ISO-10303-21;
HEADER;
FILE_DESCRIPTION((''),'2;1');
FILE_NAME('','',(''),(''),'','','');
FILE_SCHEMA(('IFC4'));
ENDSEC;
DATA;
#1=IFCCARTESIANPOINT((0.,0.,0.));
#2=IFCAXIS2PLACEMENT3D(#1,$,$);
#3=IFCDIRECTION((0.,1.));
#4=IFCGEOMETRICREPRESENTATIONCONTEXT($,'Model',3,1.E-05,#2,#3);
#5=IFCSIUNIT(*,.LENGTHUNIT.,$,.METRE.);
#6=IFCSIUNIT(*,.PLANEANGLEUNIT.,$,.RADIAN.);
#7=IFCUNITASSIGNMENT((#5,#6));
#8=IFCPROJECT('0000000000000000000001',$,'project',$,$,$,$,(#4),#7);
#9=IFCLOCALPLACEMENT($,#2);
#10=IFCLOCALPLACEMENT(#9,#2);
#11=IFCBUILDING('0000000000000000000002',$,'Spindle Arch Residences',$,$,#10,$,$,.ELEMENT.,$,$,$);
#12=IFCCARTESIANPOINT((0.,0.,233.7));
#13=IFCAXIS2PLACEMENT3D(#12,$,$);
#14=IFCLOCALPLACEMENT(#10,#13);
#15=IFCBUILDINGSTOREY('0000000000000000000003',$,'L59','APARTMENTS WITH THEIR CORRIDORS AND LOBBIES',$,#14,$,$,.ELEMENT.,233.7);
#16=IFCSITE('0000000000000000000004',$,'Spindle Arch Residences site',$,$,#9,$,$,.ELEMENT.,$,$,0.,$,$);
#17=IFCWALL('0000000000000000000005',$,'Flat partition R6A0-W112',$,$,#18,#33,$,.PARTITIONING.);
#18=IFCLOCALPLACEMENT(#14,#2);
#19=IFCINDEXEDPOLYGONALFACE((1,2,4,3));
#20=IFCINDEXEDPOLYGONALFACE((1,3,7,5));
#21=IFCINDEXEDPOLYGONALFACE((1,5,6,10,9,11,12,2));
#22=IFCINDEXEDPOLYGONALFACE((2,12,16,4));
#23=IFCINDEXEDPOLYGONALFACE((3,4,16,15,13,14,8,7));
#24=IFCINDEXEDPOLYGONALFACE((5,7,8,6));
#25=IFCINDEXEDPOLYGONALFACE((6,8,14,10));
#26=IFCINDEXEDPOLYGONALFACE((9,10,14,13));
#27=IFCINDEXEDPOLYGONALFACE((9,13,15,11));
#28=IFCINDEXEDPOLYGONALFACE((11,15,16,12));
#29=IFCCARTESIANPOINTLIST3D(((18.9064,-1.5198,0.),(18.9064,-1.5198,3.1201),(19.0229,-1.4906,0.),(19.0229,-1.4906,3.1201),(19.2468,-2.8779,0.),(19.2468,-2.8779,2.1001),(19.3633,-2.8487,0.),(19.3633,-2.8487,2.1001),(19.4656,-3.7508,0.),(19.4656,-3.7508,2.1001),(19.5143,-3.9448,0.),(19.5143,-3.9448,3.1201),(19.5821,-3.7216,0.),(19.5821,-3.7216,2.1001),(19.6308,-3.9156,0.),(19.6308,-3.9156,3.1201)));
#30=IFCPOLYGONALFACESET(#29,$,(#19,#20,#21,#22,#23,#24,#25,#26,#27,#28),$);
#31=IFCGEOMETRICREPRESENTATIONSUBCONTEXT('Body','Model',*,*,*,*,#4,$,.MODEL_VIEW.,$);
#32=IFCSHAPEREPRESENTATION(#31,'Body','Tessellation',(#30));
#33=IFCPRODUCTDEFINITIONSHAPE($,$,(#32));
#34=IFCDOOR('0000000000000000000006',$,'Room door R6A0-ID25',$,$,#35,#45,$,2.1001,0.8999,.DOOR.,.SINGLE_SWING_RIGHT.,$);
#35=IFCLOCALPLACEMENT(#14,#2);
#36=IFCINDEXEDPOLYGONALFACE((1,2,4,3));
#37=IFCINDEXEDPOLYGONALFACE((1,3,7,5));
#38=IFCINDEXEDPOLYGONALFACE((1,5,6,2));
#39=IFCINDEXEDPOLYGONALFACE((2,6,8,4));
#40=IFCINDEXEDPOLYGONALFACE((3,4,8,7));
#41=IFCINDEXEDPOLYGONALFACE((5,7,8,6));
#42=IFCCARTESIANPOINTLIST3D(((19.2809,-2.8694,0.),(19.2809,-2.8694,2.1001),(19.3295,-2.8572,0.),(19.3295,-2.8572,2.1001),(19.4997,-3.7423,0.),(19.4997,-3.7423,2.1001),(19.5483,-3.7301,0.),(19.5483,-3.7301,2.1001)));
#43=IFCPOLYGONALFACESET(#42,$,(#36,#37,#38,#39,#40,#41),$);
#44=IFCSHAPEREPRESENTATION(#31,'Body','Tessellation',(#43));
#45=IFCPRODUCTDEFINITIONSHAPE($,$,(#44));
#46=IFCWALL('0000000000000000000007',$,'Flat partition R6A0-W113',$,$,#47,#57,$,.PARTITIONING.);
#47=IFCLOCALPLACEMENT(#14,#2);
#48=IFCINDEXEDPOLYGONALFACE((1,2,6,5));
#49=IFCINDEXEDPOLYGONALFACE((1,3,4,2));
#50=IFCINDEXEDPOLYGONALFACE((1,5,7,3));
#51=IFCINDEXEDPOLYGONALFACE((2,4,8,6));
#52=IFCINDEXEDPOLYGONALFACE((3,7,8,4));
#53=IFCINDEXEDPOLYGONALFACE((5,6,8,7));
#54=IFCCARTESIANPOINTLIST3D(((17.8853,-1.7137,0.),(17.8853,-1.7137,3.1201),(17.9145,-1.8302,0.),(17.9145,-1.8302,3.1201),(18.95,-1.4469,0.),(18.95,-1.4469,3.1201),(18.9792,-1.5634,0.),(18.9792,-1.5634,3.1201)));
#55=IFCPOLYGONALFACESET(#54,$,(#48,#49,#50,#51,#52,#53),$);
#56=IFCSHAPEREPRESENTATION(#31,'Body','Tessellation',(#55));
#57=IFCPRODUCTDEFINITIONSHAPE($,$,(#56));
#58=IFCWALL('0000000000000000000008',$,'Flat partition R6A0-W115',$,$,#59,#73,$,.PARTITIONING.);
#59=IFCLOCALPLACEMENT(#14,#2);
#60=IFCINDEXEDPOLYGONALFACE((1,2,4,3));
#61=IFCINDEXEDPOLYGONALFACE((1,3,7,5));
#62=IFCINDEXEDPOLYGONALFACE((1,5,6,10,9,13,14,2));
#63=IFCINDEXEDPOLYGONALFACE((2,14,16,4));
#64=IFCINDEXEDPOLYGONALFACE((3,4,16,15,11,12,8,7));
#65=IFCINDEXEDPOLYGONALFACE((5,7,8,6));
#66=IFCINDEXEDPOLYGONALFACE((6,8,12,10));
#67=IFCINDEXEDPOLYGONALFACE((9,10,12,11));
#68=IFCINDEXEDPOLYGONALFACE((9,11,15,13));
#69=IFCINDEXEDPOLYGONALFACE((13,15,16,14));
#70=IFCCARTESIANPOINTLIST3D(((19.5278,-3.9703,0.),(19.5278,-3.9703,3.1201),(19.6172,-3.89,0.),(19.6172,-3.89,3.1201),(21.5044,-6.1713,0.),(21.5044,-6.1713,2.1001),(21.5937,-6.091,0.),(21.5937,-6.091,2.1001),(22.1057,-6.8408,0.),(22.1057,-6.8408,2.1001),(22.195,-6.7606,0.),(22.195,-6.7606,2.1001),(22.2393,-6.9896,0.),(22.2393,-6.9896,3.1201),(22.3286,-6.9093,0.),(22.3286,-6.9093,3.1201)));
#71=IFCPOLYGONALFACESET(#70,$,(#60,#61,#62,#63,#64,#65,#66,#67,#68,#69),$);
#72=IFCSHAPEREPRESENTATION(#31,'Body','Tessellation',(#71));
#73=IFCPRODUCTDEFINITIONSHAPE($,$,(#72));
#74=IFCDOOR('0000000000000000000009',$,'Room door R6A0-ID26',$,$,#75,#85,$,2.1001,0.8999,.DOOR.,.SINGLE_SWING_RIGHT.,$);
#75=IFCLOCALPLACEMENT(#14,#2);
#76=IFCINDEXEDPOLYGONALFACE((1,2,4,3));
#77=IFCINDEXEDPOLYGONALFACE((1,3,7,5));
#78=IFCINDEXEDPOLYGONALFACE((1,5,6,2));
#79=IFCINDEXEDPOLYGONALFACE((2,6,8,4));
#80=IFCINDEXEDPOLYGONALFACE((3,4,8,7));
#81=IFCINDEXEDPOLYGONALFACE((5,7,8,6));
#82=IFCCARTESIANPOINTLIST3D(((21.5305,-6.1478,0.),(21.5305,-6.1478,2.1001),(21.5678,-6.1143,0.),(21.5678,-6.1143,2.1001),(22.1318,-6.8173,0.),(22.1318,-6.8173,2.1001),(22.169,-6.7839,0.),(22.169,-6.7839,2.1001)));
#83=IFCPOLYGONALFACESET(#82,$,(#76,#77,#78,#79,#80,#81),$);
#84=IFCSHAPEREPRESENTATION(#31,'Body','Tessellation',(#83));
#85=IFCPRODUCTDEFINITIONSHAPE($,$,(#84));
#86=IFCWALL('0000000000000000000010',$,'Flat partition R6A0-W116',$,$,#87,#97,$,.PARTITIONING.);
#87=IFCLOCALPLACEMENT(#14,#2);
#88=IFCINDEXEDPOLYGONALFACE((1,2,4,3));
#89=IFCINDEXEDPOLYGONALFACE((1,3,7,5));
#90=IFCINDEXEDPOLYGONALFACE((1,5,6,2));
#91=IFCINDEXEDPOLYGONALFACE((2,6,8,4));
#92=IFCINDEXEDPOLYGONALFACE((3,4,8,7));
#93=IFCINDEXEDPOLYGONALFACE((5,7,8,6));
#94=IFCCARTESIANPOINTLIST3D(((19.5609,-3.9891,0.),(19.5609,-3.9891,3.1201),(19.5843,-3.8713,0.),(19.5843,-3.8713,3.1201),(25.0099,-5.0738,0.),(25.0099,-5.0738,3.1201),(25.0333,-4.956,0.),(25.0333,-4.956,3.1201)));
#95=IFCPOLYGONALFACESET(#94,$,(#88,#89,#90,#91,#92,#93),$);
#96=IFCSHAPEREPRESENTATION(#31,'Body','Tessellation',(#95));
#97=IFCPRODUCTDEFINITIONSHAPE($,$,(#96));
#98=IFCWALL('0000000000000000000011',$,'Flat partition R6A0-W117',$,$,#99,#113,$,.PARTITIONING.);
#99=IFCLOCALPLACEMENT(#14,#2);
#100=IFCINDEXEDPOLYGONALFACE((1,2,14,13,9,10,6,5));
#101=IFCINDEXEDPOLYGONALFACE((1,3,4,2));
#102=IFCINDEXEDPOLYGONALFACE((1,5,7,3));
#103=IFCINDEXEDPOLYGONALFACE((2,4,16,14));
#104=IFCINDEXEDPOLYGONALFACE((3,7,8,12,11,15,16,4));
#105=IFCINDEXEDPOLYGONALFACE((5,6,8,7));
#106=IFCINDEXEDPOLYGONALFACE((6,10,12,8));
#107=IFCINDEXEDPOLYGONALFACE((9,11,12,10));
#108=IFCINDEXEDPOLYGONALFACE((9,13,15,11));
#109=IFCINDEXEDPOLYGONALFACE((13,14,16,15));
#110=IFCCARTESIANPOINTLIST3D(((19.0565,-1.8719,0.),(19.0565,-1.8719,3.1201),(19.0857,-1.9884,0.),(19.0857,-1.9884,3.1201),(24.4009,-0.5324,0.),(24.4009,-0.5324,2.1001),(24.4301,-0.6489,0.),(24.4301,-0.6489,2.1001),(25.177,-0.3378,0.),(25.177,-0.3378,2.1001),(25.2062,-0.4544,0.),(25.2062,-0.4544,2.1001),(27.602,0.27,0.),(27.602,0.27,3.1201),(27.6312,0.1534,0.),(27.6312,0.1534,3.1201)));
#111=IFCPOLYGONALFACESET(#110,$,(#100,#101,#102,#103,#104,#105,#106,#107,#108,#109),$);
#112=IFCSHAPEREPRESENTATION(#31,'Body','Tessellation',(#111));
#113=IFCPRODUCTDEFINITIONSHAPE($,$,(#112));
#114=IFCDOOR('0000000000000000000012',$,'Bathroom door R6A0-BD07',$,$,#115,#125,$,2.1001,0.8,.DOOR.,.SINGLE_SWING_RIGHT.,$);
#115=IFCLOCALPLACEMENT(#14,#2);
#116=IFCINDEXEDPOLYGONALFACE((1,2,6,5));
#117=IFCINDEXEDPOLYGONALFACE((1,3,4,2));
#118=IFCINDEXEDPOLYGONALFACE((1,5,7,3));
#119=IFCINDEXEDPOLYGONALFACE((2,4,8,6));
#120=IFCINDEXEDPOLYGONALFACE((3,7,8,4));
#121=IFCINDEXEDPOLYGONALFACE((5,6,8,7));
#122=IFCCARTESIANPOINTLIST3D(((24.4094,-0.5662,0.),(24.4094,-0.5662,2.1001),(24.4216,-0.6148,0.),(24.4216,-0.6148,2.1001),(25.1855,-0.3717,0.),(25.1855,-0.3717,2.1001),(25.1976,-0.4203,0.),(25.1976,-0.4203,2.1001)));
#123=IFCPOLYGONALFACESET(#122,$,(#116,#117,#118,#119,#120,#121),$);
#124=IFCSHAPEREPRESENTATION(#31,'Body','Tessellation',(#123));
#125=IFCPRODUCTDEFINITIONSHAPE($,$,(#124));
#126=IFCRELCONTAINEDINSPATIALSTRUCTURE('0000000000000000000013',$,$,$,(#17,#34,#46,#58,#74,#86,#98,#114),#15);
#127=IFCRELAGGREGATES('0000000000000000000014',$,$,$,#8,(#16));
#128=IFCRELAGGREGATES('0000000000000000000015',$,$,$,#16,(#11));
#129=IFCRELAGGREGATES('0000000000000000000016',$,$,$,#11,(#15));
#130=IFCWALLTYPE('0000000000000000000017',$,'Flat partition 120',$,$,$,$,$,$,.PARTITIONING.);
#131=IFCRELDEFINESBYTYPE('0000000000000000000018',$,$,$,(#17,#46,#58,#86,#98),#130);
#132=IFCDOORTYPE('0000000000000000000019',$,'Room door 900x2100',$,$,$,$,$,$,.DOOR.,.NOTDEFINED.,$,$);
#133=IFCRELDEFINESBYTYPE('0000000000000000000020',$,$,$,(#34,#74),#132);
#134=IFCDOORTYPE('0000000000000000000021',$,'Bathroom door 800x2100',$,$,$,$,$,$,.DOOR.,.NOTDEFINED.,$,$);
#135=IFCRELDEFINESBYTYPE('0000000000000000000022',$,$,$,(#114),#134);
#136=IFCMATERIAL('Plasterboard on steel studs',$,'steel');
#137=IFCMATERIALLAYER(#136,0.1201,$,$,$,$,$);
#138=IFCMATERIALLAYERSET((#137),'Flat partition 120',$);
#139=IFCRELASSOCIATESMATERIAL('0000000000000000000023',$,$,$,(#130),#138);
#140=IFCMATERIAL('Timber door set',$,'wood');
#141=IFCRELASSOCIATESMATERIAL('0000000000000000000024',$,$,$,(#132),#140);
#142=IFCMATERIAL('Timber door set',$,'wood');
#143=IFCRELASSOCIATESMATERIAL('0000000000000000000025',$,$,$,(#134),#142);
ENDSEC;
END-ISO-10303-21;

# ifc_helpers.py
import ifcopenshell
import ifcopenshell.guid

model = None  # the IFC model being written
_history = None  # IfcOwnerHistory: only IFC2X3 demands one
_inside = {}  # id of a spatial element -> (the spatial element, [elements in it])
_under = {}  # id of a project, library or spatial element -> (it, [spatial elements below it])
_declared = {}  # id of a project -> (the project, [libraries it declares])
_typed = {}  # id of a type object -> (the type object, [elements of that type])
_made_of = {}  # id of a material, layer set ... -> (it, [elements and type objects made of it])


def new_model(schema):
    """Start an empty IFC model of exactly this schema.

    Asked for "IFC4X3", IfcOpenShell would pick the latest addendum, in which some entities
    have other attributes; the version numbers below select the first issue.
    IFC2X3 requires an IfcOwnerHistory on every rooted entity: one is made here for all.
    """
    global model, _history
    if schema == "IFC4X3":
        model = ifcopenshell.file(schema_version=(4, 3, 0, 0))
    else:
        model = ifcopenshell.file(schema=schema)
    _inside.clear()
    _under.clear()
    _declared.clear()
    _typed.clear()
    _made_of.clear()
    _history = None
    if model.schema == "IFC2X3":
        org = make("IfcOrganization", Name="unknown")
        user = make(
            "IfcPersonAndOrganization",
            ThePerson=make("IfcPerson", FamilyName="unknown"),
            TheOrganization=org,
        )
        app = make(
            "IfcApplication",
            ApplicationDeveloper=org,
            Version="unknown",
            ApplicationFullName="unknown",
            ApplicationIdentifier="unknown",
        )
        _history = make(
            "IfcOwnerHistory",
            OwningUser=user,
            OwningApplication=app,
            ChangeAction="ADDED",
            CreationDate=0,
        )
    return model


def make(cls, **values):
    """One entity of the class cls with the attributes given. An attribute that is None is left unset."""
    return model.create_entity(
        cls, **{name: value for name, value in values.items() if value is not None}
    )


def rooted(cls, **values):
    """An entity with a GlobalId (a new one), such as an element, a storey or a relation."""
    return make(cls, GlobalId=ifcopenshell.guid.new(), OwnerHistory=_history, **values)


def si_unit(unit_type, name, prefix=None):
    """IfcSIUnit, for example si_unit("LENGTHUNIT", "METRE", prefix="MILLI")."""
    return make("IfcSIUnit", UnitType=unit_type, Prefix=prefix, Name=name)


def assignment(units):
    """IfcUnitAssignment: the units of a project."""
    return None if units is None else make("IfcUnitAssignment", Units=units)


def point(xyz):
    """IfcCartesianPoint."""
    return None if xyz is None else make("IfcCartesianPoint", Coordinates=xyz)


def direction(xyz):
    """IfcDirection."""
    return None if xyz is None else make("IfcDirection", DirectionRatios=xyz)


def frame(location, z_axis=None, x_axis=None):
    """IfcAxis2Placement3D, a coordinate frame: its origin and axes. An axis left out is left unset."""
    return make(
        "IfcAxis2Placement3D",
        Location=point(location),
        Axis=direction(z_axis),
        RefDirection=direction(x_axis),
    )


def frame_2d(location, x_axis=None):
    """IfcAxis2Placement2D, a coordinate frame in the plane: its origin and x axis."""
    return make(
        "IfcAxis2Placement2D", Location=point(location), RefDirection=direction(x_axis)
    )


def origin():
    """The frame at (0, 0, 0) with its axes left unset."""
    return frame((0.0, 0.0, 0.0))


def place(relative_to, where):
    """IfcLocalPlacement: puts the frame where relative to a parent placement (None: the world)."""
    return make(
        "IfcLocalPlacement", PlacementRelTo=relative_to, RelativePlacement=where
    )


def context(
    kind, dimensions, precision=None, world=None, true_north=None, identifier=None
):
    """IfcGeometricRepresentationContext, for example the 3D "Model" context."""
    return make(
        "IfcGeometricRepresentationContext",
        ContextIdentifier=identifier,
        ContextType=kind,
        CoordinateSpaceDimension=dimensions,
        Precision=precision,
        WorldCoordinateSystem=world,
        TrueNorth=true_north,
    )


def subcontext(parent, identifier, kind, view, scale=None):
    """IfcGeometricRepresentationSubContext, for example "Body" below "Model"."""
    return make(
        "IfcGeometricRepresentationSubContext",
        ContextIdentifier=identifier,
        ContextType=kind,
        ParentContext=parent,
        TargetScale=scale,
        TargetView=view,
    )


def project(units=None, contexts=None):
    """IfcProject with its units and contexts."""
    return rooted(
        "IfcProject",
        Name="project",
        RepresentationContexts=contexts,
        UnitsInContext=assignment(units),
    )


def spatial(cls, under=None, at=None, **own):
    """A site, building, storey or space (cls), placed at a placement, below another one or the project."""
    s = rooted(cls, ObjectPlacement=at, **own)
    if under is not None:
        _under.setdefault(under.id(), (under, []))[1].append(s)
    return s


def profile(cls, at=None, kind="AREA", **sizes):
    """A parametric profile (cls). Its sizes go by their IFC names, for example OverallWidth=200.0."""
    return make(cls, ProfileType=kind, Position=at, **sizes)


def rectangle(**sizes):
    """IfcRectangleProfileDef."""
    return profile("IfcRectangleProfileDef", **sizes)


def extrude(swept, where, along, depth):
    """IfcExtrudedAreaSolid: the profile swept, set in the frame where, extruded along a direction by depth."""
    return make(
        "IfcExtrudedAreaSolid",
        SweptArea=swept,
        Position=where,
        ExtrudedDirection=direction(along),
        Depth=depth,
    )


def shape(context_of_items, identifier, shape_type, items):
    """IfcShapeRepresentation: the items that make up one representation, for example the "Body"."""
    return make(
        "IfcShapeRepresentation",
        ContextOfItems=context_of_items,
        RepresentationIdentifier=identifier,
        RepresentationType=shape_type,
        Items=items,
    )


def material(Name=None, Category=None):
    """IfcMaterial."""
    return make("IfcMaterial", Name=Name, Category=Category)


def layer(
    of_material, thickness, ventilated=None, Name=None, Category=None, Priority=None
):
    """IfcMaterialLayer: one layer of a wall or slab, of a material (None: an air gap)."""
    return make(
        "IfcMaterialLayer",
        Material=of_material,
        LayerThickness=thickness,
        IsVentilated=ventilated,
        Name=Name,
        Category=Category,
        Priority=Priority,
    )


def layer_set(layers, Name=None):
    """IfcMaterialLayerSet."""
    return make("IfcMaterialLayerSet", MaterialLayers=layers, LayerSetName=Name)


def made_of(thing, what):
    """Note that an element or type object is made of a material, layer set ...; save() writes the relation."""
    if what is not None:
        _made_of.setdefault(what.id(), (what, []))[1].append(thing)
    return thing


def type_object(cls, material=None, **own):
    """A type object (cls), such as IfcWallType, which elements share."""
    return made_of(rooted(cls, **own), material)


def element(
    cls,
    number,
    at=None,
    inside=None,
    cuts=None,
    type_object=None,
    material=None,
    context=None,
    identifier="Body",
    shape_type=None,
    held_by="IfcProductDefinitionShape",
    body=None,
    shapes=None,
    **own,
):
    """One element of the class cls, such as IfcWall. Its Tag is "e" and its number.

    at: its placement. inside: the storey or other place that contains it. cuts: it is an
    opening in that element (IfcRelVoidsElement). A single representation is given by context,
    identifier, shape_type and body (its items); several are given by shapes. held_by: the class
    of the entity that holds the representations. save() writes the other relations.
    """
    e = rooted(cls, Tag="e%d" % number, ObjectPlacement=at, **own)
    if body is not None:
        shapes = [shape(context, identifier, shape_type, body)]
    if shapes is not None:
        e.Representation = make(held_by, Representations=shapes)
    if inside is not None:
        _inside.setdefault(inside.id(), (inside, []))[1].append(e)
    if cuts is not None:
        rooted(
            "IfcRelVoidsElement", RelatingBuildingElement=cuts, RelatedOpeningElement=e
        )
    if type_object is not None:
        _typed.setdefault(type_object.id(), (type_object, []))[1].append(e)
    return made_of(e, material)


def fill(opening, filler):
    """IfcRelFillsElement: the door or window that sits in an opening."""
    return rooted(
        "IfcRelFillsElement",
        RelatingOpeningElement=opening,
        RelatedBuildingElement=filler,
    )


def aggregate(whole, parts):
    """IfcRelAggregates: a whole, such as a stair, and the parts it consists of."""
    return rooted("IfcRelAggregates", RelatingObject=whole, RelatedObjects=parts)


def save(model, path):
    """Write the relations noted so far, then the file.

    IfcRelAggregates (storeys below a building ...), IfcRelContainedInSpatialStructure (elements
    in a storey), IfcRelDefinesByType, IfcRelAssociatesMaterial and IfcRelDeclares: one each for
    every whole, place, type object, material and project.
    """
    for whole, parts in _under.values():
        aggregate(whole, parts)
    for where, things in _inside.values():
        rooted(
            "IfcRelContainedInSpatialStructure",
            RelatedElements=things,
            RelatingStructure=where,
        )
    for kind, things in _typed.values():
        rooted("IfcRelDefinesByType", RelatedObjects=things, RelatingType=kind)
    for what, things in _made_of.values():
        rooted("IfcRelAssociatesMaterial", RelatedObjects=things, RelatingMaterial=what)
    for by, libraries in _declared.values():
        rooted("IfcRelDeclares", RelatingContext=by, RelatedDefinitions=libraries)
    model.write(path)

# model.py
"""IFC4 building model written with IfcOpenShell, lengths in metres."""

from ifc_helpers import new_model, si_unit, direction, frame, frame_2d, origin, place, context, subcontext, project, spatial, rectangle, extrude, material, layer, layer_set, type_object, element, fill, save


model = new_model("IFC4")

# Units and contexts
model_context = context("Model", 3, precision=1e-05, world=origin(), true_north=direction((0.0, 1.0)))
body_context = subcontext(model_context, "Body", "Model", "MODEL_VIEW")
ifc_project = project(units=[si_unit("LENGTHUNIT", "METRE"), si_unit("PLANEANGLEUNIT", "RADIAN")], contexts=[model_context])

# Site, building, storey
site_placement = place(None, origin())
site = spatial("IfcSite", under=ifc_project, at=site_placement, Name="Spindle Arch Residences site", CompositionType="ELEMENT", RefElevation=0.0)
building_placement = place(site_placement, origin())
building = spatial("IfcBuilding", under=site, at=building_placement, Name="Spindle Arch Residences", CompositionType="ELEMENT")
storey_placement = place(building_placement, frame((0.0, 0.0, 233.7)))
storey = spatial("IfcBuildingStorey", under=building, at=storey_placement, Name="L59", Description="APARTMENTS WITH THEIR CORRIDORS AND LOBBIES", CompositionType="ELEMENT", Elevation=233.7)

# Wall, opening, door
ifc_material_1 = material(Name="Plasterboard on steel studs", Category="steel")
ifc_layer_1 = layer(ifc_material_1, 0.1201)
ifc_layer_set_1 = layer_set([ifc_layer_1], Name="Flat partition 120")
wall_type = type_object("IfcWallType", Name="Flat partition 120", PredefinedType="PARTITIONING", material=ifc_layer_set_1)
wall_1_placement = place(storey_placement, frame((19.5725, -3.9302, 0.0), z_axis=(0.0, 0.0, 1.0), x_axis=(-0.243156, 0.969987, 0.0)))
wall_1 = element("IfcWall", 1, at=wall_1_placement, inside=storey, type_object=wall_type, Name="Flat partition R6A0-W112", PredefinedType="PARTITIONING", context=body_context, shape_type="SweptSolid", body=[
    extrude(rectangle(XDim=2.5, YDim=0.1201, at=frame_2d((1.25, 0.0))), origin(), (0.0, 0.0, 1.0), 3.1201),
])
opening_1_placement = place(wall_1_placement, frame((0.2, 0.0, 0.0)))
opening_1 = element("IfcOpeningElement", 2, at=opening_1_placement, cuts=wall_1, PredefinedType="OPENING", context=body_context, shape_type="SweptSolid", body=[
    extrude(rectangle(XDim=0.8999, YDim=2.1001, at=frame_2d((0.45, 1.05))), frame((0.0, 0.0701, 0.0), z_axis=(0.0, -1.0, 0.0), x_axis=(1.0, 0.0, 0.0)), (0.0, 0.0, 1.0), 0.1401),
])
ifc_material_2 = material(Name="Timber door set", Category="wood")
door_type_1 = type_object("IfcDoorType", Name="Room door 900x2100", OperationType="NOTDEFINED", PredefinedType="DOOR", material=ifc_material_2)
door_1_placement = place(opening_1_placement, origin())
door_1 = element("IfcDoor", 3, at=door_1_placement, inside=storey, type_object=door_type_1, Name="Room door R6A0-ID25", OperationType="SINGLE_SWING_RIGHT", OverallHeight=2.1001, OverallWidth=0.8999, PredefinedType="DOOR", context=body_context, shape_type="SweptSolid", body=[
    extrude(rectangle(XDim=0.8999, YDim=2.1001, at=frame_2d((0.45, 1.05))), frame((0.0, 0.0249, 0.0), z_axis=(0.0, -1.0, 0.0), x_axis=(1.0, 0.0, 0.0)), (0.0, 0.0, 1.0), 0.05),
])
fill(opening_1, door_1)

# Wall
wall_2_placement = place(storey_placement, frame((18.9646, -1.5051, 0.0), z_axis=(0.0, 0.0, 1.0), x_axis=(-0.969998, -0.243111, 0.0)))
element("IfcWall", 4, at=wall_2_placement, inside=storey, type_object=wall_type, Name="Flat partition R6A0-W113", PredefinedType="PARTITIONING", context=body_context, shape_type="SweptSolid", body=[
    extrude(rectangle(XDim=1.0977, YDim=0.1201, at=frame_2d((0.5488, 0.0))), origin(), (0.0, 0.0, 1.0), 3.1201),
])

# Wall, opening, door
wall_3_placement = place(storey_placement, frame((22.2839, -6.9495, 0.0), z_axis=(0.0, 0.0, 1.0), x_axis=(-0.668157, 0.744021, 0.0)))
wall_3 = element("IfcWall", 5, at=wall_3_placement, inside=storey, type_object=wall_type, Name="Flat partition R6A0-W115", PredefinedType="PARTITIONING", context=body_context, shape_type="SweptSolid", body=[
    extrude(rectangle(XDim=4.0581, YDim=0.1201, at=frame_2d((2.0291, 0.0))), origin(), (0.0, 0.0, 1.0), 3.1201),
])
opening_2_placement = place(wall_3_placement, frame((0.2, 0.0, 0.0)))
opening_2 = element("IfcOpeningElement", 6, at=opening_2_placement, cuts=wall_3, PredefinedType="OPENING", context=body_context, shape_type="SweptSolid", body=[
    extrude(rectangle(XDim=0.8999, YDim=2.1001, at=frame_2d((0.45, 1.05))), frame((0.0, 0.0701, 0.0), z_axis=(0.0, -1.0, 0.0), x_axis=(1.0, 0.0, 0.0)), (0.0, 0.0, 1.0), 0.1401),
])
door_2_placement = place(opening_2_placement, origin())
door_2 = element("IfcDoor", 7, at=door_2_placement, inside=storey, type_object=door_type_1, Name="Room door R6A0-ID26", OperationType="SINGLE_SWING_RIGHT", OverallHeight=2.1001, OverallWidth=0.8999, PredefinedType="DOOR", context=body_context, shape_type="SweptSolid", body=[
    extrude(rectangle(XDim=0.8999, YDim=2.1001, at=frame_2d((0.45, 1.05))), frame((0.0, 0.0249, 0.0), z_axis=(0.0, -1.0, 0.0), x_axis=(1.0, 0.0, 0.0)), (0.0, 0.0, 1.0), 0.05),
])
fill(opening_2, door_2)

# Wall
wall_4_placement = place(storey_placement, frame((25.0215, -5.0149, 0.0), z_axis=(0.0, 0.0, 1.0), x_axis=(-0.980756, 0.195237, 0.0)))
element("IfcWall", 8, at=wall_4_placement, inside=storey, type_object=wall_type, Name="Flat partition R6A0-W116", PredefinedType="PARTITIONING", context=body_context, shape_type="SweptSolid", body=[
    extrude(rectangle(XDim=5.5559, YDim=0.1201, at=frame_2d((2.7778, 0.0))), origin(), (0.0, 0.0, 1.0), 3.1201),
])

# Wall, opening, door
wall_5_placement = place(storey_placement, frame((27.6165, 0.2117, 0.0), z_axis=(0.0, 0.0, 1.0), x_axis=(-0.969996, -0.243122, 0.0)))
wall_5 = element("IfcWall", 9, at=wall_5_placement, inside=storey, type_object=wall_type, Name="Flat partition R6A0-W117", PredefinedType="PARTITIONING", context=body_context, shape_type="SweptSolid", body=[
    extrude(rectangle(XDim=8.8098, YDim=0.1201, at=frame_2d((4.4048, 0.0))), origin(), (0.0, 0.0, 1.0), 3.1201),
])
opening_3_placement = place(wall_5_placement, frame((2.5, 0.0, 0.0)))
opening_3 = element("IfcOpeningElement", 10, at=opening_3_placement, cuts=wall_5, PredefinedType="OPENING", context=body_context, shape_type="SweptSolid", body=[
    extrude(rectangle(XDim=0.8, YDim=2.1001, at=frame_2d((0.3999, 1.05))), frame((0.0, 0.0701, 0.0), z_axis=(0.0, -1.0, 0.0), x_axis=(1.0, 0.0, 0.0)), (0.0, 0.0, 1.0), 0.1401),
])
ifc_material_3 = material(Name="Timber door set", Category="wood")
door_type_2 = type_object("IfcDoorType", Name="Bathroom door 800x2100", OperationType="NOTDEFINED", PredefinedType="DOOR", material=ifc_material_3)
door_3_placement = place(opening_3_placement, origin())
door_3 = element("IfcDoor", 11, at=door_3_placement, inside=storey, type_object=door_type_2, Name="Bathroom door R6A0-BD07", OperationType="SINGLE_SWING_RIGHT", OverallHeight=2.1001, OverallWidth=0.8, PredefinedType="DOOR", context=body_context, shape_type="SweptSolid", body=[
    extrude(rectangle(XDim=0.8, YDim=2.1001, at=frame_2d((0.3999, 1.05))), frame((0.0, 0.0249, 0.0), z_axis=(0.0, -1.0, 0.0), x_axis=(1.0, 0.0, 0.0)), (0.0, 0.0, 1.0), 0.05),
])
fill(opening_3, door_3)

save(model, "model.ifc")
